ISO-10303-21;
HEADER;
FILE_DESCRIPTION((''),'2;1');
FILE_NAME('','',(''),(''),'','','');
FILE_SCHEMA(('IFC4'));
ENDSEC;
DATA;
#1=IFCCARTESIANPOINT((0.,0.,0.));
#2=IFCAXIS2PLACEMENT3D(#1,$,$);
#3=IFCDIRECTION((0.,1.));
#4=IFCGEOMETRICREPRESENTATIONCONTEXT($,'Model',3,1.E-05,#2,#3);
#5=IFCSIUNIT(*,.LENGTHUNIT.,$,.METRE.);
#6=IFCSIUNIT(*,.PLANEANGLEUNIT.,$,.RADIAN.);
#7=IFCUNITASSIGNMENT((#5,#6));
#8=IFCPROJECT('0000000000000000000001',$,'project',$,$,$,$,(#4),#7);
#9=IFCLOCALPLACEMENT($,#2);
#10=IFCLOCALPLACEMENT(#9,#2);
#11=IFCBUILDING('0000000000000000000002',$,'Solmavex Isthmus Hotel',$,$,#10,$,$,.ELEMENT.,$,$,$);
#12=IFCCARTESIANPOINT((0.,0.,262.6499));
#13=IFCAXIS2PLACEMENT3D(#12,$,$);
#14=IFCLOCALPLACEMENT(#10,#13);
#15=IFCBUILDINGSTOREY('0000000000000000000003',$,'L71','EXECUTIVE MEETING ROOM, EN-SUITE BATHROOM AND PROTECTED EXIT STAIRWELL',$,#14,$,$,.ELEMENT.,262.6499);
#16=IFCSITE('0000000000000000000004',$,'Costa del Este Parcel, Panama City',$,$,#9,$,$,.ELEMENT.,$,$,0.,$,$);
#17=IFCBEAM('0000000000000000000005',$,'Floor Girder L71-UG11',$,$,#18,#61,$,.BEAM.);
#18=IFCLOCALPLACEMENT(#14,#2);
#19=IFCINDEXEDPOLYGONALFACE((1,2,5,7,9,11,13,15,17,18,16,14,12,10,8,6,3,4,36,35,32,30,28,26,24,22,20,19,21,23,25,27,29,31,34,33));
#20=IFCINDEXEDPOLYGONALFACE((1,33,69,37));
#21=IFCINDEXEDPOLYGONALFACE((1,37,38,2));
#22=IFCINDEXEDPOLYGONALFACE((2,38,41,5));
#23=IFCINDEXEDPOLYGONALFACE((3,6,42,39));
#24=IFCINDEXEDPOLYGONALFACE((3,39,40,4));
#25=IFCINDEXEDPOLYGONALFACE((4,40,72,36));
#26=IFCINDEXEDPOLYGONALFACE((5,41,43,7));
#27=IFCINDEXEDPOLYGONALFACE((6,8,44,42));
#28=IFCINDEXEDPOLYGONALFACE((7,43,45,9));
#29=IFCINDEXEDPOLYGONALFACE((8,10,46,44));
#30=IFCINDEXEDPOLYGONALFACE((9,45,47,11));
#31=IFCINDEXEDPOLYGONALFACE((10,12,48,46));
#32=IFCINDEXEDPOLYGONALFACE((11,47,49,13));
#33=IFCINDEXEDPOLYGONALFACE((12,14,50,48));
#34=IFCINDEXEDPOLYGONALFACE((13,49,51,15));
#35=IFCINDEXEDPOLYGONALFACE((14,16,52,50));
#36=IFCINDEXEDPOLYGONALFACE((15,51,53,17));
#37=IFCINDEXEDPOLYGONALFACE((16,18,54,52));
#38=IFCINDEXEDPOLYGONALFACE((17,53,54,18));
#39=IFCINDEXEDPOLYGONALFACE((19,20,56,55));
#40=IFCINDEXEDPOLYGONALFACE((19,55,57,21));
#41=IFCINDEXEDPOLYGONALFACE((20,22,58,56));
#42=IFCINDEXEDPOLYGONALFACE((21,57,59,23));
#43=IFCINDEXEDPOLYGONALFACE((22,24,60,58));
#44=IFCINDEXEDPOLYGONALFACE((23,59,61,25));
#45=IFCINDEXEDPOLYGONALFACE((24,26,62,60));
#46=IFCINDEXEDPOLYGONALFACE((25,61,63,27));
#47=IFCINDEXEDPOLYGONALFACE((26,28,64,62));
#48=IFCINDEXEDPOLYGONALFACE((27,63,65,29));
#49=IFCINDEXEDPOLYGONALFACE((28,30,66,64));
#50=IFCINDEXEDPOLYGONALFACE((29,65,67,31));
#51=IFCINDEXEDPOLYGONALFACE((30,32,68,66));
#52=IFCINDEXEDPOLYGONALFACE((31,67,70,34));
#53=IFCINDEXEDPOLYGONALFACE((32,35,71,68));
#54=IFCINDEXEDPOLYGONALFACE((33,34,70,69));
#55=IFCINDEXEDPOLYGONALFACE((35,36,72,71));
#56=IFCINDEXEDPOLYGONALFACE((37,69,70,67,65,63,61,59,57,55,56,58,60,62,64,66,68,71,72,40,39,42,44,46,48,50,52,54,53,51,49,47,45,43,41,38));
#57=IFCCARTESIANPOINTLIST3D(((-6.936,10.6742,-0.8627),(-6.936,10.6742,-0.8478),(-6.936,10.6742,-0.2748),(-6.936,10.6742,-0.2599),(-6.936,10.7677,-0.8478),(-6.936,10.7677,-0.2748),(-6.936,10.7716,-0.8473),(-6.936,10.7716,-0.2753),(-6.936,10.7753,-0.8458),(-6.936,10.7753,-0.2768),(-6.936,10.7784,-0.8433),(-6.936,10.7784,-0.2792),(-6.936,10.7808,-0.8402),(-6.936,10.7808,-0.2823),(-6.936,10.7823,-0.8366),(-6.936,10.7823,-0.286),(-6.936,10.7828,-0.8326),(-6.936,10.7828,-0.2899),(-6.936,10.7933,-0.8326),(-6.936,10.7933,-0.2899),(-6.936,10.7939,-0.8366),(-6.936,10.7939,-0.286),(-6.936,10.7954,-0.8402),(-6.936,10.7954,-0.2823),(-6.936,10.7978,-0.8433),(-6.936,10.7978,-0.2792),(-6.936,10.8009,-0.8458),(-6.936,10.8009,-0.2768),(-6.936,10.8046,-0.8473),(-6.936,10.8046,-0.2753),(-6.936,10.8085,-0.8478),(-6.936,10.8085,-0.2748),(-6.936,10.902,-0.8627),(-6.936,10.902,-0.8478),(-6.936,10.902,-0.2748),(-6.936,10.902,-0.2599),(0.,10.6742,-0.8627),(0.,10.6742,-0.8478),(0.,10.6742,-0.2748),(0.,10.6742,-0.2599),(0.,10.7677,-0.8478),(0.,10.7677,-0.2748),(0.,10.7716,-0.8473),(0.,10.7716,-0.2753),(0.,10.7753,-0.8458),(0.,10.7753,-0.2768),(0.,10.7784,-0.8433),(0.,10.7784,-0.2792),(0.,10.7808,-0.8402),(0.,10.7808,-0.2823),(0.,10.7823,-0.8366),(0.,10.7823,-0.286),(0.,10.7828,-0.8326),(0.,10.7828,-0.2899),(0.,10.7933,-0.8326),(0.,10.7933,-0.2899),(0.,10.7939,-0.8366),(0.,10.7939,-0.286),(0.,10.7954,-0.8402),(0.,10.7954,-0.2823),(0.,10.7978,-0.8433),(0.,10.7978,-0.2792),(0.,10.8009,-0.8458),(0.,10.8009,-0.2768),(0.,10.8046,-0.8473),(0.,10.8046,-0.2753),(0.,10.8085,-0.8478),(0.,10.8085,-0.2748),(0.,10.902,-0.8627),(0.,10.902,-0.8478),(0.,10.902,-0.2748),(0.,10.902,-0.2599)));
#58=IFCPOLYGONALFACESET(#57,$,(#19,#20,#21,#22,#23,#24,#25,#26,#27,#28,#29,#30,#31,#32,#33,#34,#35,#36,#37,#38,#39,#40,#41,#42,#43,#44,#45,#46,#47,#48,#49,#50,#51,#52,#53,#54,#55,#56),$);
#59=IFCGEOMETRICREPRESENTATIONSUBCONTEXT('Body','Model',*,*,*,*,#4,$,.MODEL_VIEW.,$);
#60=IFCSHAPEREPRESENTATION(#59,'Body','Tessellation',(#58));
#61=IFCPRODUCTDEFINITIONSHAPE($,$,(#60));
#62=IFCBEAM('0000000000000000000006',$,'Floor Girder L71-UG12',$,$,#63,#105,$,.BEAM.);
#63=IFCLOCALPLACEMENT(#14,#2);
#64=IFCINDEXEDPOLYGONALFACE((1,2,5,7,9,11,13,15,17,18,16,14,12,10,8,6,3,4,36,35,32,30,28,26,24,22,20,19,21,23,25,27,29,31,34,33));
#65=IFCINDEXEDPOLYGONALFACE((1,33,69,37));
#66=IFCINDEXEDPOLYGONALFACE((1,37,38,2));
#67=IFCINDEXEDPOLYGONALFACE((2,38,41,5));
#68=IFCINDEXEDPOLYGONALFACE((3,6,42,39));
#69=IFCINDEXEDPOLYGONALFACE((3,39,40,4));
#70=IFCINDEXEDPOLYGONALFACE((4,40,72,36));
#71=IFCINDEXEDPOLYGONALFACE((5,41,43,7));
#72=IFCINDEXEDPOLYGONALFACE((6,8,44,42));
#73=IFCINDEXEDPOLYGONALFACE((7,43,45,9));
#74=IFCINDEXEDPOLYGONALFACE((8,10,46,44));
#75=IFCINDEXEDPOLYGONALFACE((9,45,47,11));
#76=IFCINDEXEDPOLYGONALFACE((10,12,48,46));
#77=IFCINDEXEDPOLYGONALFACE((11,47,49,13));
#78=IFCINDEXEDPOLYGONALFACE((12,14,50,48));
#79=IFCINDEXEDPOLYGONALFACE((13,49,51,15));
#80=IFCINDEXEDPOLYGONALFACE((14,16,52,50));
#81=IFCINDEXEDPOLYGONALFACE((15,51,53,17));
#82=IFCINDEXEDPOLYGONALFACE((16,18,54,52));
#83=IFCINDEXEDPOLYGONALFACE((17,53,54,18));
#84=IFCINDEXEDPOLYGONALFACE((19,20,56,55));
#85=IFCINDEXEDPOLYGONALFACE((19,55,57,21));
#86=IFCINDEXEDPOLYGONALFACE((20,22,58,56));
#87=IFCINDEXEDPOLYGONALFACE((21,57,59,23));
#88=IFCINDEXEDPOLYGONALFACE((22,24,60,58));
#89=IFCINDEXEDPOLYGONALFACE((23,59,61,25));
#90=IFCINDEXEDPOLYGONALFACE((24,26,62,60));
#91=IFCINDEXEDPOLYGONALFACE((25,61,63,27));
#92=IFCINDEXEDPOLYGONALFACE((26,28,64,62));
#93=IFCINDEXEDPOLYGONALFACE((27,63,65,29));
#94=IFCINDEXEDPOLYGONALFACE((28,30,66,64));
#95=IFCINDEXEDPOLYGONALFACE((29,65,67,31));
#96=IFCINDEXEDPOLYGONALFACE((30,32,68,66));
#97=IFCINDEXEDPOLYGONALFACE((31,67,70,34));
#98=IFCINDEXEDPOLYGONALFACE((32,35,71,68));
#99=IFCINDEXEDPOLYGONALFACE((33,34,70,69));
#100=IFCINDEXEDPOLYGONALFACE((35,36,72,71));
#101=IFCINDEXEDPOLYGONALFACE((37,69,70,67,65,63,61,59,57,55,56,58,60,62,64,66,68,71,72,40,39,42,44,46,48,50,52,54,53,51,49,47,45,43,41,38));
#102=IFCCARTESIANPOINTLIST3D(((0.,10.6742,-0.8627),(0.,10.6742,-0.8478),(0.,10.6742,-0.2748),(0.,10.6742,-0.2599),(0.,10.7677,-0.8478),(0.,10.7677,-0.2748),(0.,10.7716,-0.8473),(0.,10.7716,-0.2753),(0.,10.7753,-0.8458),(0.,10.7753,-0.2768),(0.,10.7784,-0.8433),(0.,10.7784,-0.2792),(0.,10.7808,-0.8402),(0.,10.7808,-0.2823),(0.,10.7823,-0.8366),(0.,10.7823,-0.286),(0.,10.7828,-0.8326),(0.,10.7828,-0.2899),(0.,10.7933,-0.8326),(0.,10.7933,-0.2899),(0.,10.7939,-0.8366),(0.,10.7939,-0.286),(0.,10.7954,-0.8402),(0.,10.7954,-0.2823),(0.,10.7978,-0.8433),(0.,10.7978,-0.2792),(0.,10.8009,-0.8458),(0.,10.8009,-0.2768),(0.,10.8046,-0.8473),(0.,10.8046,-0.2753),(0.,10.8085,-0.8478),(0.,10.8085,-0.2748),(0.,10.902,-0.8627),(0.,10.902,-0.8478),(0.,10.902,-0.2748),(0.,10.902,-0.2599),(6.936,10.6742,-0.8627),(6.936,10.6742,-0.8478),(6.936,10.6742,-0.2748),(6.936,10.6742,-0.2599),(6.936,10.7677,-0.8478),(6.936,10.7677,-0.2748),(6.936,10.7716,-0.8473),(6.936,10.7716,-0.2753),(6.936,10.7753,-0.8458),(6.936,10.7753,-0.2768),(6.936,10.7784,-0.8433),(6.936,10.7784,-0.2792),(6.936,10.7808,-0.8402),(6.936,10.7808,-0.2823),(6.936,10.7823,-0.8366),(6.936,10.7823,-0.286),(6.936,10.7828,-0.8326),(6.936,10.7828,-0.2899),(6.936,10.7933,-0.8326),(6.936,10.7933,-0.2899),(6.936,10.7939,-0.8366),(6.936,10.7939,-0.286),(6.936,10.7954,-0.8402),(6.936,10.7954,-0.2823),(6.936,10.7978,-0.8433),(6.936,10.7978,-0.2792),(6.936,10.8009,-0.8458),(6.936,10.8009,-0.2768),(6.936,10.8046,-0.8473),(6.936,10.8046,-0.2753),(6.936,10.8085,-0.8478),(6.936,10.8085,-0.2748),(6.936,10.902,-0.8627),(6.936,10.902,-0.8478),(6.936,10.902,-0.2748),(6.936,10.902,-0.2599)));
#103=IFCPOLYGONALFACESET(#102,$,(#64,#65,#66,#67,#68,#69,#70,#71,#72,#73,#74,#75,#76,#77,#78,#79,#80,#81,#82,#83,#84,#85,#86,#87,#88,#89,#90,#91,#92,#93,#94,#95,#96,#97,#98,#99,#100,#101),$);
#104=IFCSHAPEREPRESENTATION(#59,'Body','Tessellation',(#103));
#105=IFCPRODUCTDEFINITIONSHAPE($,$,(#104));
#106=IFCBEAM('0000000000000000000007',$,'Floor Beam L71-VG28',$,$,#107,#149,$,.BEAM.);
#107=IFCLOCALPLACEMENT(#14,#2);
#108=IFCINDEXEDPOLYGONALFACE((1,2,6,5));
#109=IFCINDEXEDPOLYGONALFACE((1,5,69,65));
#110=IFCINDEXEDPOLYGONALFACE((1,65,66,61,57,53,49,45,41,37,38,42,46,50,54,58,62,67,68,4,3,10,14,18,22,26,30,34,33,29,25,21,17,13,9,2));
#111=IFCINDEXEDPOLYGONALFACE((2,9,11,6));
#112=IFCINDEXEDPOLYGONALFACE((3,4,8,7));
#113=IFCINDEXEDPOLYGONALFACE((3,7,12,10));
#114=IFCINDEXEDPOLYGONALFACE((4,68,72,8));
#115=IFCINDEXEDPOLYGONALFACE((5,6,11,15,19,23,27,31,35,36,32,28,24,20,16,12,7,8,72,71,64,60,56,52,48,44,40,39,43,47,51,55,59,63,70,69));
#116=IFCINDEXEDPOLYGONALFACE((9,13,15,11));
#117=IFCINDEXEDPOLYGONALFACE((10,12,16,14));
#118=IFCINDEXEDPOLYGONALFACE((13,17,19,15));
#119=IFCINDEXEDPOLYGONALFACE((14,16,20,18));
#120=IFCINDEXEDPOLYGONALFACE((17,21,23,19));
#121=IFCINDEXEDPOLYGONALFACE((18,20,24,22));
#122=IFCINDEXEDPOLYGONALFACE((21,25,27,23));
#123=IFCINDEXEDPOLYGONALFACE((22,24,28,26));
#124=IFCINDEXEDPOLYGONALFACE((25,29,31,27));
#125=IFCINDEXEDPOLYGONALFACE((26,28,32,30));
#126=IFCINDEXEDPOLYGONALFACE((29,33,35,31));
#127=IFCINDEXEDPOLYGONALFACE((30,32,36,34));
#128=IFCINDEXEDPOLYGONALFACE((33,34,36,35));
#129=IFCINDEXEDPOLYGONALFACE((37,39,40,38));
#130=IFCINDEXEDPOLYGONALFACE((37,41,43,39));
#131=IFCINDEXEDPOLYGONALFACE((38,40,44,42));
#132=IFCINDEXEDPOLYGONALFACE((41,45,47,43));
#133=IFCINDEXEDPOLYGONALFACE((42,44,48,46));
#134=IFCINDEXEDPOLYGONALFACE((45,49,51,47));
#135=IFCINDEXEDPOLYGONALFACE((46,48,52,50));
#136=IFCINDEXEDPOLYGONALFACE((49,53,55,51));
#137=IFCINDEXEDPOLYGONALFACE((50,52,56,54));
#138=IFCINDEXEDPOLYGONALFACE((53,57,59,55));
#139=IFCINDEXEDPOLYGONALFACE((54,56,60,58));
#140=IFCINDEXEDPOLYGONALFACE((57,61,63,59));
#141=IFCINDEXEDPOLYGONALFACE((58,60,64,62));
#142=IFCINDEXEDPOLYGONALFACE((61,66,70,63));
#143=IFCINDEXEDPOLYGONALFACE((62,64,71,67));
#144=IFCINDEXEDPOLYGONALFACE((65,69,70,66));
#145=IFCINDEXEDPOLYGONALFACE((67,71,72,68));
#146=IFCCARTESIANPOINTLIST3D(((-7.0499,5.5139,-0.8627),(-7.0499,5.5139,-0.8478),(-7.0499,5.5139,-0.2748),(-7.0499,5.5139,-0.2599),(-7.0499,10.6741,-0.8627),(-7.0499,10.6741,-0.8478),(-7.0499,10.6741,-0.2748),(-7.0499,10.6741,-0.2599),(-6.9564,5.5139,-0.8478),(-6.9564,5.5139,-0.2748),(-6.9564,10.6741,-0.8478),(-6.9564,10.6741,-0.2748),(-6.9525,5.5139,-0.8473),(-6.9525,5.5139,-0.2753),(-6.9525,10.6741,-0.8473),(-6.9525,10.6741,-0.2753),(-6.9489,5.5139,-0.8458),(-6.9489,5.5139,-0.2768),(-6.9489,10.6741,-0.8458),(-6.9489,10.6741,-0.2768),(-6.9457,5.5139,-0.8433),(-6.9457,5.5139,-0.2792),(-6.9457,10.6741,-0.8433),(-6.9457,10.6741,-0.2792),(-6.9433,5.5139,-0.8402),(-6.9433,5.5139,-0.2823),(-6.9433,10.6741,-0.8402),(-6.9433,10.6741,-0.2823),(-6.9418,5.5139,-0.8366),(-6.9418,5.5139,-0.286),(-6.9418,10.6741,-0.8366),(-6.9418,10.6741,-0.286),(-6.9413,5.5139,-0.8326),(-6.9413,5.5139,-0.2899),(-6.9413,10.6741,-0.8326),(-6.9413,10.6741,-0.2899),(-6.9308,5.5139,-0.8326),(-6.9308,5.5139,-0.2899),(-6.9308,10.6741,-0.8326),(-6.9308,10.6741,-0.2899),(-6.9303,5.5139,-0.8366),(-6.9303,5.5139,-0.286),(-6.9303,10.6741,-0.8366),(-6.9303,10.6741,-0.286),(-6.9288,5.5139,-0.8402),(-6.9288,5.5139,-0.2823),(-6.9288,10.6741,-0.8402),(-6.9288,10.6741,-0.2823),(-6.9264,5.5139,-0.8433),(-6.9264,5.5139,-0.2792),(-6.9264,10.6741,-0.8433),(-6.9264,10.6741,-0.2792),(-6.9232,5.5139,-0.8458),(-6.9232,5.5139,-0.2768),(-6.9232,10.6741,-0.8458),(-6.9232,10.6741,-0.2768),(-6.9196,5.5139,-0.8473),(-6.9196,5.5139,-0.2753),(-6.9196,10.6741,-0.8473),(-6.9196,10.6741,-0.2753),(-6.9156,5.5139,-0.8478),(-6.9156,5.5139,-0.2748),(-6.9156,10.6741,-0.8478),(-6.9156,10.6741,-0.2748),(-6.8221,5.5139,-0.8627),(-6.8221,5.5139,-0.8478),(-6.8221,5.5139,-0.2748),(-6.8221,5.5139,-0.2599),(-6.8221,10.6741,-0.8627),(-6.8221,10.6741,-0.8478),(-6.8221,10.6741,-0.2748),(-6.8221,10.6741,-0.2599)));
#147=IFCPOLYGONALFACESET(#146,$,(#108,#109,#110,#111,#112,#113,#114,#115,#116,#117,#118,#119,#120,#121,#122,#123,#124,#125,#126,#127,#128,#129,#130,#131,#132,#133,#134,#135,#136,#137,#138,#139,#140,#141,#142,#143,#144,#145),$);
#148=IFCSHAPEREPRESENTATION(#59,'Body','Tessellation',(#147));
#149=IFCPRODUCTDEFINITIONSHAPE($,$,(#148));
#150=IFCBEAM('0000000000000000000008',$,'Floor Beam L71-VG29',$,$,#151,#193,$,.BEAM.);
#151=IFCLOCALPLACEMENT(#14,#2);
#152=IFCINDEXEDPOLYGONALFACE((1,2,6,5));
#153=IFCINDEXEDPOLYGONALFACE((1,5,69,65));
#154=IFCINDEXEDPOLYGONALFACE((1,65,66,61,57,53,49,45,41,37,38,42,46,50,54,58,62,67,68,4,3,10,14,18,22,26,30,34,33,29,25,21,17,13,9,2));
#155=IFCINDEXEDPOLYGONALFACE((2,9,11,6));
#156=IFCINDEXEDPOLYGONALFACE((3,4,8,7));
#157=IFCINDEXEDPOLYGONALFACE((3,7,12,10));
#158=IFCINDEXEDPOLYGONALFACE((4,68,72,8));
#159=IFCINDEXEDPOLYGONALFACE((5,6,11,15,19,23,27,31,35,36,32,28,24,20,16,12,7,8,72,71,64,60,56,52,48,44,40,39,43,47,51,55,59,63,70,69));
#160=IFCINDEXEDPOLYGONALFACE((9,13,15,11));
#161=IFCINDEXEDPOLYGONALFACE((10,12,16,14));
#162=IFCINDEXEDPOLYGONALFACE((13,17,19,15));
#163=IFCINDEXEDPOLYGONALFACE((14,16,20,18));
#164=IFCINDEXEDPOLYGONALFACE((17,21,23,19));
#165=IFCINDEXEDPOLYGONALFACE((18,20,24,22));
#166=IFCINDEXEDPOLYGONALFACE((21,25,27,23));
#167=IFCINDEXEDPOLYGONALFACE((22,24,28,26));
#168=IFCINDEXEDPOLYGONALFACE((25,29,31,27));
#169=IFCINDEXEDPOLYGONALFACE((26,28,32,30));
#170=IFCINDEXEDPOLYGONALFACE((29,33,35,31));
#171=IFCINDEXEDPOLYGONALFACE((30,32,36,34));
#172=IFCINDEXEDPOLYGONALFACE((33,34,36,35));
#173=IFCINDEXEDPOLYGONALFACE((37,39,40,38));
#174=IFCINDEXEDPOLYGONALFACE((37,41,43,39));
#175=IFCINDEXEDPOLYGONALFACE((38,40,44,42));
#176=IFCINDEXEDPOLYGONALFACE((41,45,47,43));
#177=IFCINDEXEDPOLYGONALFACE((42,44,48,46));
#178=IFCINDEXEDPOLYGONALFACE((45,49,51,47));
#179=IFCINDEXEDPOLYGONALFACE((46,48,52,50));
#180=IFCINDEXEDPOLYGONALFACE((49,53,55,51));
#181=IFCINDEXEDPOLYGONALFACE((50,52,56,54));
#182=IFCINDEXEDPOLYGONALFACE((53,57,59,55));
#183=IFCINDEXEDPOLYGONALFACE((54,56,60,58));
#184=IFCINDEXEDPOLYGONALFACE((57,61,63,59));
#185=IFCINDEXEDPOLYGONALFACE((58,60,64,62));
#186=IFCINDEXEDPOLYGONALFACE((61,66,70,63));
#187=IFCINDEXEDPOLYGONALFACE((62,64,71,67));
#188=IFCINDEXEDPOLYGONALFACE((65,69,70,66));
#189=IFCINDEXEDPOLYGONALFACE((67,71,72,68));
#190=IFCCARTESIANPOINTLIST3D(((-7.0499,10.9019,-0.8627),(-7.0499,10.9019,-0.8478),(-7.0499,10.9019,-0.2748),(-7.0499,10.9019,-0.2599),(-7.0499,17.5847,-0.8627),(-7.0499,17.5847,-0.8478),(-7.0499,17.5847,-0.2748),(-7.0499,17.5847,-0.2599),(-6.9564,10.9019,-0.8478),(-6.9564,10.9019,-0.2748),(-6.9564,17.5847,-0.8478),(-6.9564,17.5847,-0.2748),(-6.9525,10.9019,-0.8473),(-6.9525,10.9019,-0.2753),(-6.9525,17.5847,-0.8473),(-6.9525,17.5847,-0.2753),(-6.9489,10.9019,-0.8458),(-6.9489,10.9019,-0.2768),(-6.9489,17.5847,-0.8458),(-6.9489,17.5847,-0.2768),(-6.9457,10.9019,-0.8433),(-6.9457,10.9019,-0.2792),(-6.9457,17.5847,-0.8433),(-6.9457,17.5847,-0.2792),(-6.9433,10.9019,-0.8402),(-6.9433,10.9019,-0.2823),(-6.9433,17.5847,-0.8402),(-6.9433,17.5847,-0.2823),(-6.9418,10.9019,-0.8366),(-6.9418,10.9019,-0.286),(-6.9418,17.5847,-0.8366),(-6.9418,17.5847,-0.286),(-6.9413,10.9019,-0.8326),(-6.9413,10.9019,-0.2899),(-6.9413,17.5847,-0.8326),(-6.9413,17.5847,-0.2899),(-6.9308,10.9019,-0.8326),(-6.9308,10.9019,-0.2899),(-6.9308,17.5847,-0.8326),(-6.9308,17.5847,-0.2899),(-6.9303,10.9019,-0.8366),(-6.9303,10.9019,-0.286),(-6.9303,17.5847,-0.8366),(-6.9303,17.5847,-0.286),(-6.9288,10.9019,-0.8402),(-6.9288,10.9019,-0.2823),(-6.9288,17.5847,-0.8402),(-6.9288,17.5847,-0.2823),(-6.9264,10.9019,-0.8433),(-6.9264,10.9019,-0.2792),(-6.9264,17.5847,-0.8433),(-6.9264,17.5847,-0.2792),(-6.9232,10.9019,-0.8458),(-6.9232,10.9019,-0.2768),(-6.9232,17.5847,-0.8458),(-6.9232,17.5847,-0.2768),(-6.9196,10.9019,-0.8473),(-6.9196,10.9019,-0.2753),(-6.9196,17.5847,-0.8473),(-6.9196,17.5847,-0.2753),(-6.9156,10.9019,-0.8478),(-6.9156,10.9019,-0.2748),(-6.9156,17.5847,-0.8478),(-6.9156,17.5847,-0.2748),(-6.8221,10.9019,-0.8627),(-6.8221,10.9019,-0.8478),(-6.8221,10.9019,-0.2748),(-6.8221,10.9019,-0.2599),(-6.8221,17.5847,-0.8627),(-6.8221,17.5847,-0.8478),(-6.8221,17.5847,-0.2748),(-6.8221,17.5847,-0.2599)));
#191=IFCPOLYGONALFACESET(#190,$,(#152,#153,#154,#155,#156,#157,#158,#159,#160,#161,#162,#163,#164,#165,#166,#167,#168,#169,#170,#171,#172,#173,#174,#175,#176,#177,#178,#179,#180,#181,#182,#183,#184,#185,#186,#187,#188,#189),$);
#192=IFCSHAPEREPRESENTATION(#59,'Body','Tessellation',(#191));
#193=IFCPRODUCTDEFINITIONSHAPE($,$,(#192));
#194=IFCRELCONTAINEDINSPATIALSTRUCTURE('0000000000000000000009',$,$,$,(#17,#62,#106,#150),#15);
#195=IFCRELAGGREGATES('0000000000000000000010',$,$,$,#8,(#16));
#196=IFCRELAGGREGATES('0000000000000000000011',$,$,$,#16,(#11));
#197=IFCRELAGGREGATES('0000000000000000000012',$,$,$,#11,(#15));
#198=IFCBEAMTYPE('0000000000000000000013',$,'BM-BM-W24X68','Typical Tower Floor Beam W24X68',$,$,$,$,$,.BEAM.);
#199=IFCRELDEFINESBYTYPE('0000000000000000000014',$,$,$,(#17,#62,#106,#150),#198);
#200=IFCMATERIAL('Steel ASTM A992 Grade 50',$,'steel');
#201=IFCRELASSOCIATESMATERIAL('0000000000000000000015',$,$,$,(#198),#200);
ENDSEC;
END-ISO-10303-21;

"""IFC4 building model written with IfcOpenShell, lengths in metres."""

from ifc_helpers import new_model, si_unit, direction, frame, origin, origin_2d, place, context, subcontext, project, spatial, i_section, extrude, material, material_profile, profile_set, type_object, element, save


model = new_model("IFC4")

# Units and contexts
model_context = context("Model", 3, precision=1e-05, world=origin(), true_north=direction((0.0, 1.0)))
body_context = subcontext(model_context, "Body", "Model", "MODEL_VIEW")
ifc_project = project(units=[si_unit("LENGTHUNIT", "METRE"), si_unit("PLANEANGLEUNIT", "RADIAN")], contexts=[model_context])

# Site, building, storey
site_placement = place(None, origin())
site = spatial("IfcSite", under=ifc_project, at=site_placement, Name="Costa del Este Parcel, Panama City", CompositionType="ELEMENT", RefElevation=0.0)
building_placement = place(site_placement, origin())
building = spatial("IfcBuilding", under=site, at=building_placement, Name="Solmavex Isthmus Hotel", CompositionType="ELEMENT")
storey_placement = place(building_placement, frame((0.0, 0.0, 262.6499)))
storey = spatial("IfcBuildingStorey", under=building, at=storey_placement, Name="L71", Description="EXECUTIVE MEETING ROOM, EN-SUITE BATHROOM AND PROTECTED EXIT STAIRWELL", CompositionType="ELEMENT", Elevation=262.6499)

# Beams
ifc_material_1 = material(Name="Steel ASTM A992 Grade 50", Category="steel")
ifc_material_profile_1 = material_profile(ifc_material_1, i_section(OverallWidth=0.2278, OverallDepth=0.6028, WebThickness=0.0105, FlangeThickness=0.0149, FilletRadius=0.0151, at=origin_2d()), Name="W24X68")
ifc_profile_set_1 = profile_set([ifc_material_profile_1], Name="Steel ASTM A992 Grade 50")
beam_type_1 = type_object("IfcBeamType", Name="BM-BM-W24X68", Description="Typical Tower Floor Beam W24X68", PredefinedType="BEAM", material=ifc_profile_set_1)
for number, where, z_axis, x_axis, name in (
    (1, (-6.936, 10.7881, -0.5613), (1.0, 0.0, 0.0), (0.0, 1.0, 0.0), "Floor Girder L71-UG11"),
    (2, (0.0, 10.7881, -0.5613), (1.0, 0.0, 0.0), (0.0, 1.0, 0.0), "Floor Girder L71-UG12"),
):
    element("IfcBeam", number, at=place(storey_placement, frame(where, z_axis=z_axis, x_axis=x_axis)), inside=storey, type_object=beam_type_1, Name=name, PredefinedType="BEAM", context=body_context, shape_type="SweptSolid", body=[
        extrude(i_section(OverallWidth=0.2278, OverallDepth=0.6028, WebThickness=0.0105, FlangeThickness=0.0149, FilletRadius=0.0151, at=origin_2d()), origin(), (0.0, 0.0, 1.0), 6.936),
    ])
beam_1_placement = place(storey_placement, frame((-6.936, 5.5139, -0.5613), z_axis=(0.0, 1.0, 0.0), x_axis=(-1.0, 0.0, 0.0)))
element("IfcBeam", 3, at=beam_1_placement, inside=storey, type_object=beam_type_1, Name="Floor Beam L71-VG28", PredefinedType="BEAM", context=body_context, shape_type="SweptSolid", body=[
    extrude(i_section(OverallWidth=0.2278, OverallDepth=0.6028, WebThickness=0.0105, FlangeThickness=0.0149, FilletRadius=0.0151, at=origin_2d()), origin(), (0.0, 0.0, 1.0), 5.1602),
])
beam_2_placement = place(storey_placement, frame((-6.936, 10.9019, -0.5613), z_axis=(0.0, 1.0, 0.0), x_axis=(-1.0, 0.0, 0.0)))
element("IfcBeam", 4, at=beam_2_placement, inside=storey, type_object=beam_type_1, Name="Floor Beam L71-VG29", PredefinedType="BEAM", context=body_context, shape_type="SweptSolid", body=[
    extrude(i_section(OverallWidth=0.2278, OverallDepth=0.6028, WebThickness=0.0105, FlangeThickness=0.0149, FilletRadius=0.0151, at=origin_2d()), origin(), (0.0, 0.0, 1.0), 6.6829),
])

save(model, "model.ifc")
